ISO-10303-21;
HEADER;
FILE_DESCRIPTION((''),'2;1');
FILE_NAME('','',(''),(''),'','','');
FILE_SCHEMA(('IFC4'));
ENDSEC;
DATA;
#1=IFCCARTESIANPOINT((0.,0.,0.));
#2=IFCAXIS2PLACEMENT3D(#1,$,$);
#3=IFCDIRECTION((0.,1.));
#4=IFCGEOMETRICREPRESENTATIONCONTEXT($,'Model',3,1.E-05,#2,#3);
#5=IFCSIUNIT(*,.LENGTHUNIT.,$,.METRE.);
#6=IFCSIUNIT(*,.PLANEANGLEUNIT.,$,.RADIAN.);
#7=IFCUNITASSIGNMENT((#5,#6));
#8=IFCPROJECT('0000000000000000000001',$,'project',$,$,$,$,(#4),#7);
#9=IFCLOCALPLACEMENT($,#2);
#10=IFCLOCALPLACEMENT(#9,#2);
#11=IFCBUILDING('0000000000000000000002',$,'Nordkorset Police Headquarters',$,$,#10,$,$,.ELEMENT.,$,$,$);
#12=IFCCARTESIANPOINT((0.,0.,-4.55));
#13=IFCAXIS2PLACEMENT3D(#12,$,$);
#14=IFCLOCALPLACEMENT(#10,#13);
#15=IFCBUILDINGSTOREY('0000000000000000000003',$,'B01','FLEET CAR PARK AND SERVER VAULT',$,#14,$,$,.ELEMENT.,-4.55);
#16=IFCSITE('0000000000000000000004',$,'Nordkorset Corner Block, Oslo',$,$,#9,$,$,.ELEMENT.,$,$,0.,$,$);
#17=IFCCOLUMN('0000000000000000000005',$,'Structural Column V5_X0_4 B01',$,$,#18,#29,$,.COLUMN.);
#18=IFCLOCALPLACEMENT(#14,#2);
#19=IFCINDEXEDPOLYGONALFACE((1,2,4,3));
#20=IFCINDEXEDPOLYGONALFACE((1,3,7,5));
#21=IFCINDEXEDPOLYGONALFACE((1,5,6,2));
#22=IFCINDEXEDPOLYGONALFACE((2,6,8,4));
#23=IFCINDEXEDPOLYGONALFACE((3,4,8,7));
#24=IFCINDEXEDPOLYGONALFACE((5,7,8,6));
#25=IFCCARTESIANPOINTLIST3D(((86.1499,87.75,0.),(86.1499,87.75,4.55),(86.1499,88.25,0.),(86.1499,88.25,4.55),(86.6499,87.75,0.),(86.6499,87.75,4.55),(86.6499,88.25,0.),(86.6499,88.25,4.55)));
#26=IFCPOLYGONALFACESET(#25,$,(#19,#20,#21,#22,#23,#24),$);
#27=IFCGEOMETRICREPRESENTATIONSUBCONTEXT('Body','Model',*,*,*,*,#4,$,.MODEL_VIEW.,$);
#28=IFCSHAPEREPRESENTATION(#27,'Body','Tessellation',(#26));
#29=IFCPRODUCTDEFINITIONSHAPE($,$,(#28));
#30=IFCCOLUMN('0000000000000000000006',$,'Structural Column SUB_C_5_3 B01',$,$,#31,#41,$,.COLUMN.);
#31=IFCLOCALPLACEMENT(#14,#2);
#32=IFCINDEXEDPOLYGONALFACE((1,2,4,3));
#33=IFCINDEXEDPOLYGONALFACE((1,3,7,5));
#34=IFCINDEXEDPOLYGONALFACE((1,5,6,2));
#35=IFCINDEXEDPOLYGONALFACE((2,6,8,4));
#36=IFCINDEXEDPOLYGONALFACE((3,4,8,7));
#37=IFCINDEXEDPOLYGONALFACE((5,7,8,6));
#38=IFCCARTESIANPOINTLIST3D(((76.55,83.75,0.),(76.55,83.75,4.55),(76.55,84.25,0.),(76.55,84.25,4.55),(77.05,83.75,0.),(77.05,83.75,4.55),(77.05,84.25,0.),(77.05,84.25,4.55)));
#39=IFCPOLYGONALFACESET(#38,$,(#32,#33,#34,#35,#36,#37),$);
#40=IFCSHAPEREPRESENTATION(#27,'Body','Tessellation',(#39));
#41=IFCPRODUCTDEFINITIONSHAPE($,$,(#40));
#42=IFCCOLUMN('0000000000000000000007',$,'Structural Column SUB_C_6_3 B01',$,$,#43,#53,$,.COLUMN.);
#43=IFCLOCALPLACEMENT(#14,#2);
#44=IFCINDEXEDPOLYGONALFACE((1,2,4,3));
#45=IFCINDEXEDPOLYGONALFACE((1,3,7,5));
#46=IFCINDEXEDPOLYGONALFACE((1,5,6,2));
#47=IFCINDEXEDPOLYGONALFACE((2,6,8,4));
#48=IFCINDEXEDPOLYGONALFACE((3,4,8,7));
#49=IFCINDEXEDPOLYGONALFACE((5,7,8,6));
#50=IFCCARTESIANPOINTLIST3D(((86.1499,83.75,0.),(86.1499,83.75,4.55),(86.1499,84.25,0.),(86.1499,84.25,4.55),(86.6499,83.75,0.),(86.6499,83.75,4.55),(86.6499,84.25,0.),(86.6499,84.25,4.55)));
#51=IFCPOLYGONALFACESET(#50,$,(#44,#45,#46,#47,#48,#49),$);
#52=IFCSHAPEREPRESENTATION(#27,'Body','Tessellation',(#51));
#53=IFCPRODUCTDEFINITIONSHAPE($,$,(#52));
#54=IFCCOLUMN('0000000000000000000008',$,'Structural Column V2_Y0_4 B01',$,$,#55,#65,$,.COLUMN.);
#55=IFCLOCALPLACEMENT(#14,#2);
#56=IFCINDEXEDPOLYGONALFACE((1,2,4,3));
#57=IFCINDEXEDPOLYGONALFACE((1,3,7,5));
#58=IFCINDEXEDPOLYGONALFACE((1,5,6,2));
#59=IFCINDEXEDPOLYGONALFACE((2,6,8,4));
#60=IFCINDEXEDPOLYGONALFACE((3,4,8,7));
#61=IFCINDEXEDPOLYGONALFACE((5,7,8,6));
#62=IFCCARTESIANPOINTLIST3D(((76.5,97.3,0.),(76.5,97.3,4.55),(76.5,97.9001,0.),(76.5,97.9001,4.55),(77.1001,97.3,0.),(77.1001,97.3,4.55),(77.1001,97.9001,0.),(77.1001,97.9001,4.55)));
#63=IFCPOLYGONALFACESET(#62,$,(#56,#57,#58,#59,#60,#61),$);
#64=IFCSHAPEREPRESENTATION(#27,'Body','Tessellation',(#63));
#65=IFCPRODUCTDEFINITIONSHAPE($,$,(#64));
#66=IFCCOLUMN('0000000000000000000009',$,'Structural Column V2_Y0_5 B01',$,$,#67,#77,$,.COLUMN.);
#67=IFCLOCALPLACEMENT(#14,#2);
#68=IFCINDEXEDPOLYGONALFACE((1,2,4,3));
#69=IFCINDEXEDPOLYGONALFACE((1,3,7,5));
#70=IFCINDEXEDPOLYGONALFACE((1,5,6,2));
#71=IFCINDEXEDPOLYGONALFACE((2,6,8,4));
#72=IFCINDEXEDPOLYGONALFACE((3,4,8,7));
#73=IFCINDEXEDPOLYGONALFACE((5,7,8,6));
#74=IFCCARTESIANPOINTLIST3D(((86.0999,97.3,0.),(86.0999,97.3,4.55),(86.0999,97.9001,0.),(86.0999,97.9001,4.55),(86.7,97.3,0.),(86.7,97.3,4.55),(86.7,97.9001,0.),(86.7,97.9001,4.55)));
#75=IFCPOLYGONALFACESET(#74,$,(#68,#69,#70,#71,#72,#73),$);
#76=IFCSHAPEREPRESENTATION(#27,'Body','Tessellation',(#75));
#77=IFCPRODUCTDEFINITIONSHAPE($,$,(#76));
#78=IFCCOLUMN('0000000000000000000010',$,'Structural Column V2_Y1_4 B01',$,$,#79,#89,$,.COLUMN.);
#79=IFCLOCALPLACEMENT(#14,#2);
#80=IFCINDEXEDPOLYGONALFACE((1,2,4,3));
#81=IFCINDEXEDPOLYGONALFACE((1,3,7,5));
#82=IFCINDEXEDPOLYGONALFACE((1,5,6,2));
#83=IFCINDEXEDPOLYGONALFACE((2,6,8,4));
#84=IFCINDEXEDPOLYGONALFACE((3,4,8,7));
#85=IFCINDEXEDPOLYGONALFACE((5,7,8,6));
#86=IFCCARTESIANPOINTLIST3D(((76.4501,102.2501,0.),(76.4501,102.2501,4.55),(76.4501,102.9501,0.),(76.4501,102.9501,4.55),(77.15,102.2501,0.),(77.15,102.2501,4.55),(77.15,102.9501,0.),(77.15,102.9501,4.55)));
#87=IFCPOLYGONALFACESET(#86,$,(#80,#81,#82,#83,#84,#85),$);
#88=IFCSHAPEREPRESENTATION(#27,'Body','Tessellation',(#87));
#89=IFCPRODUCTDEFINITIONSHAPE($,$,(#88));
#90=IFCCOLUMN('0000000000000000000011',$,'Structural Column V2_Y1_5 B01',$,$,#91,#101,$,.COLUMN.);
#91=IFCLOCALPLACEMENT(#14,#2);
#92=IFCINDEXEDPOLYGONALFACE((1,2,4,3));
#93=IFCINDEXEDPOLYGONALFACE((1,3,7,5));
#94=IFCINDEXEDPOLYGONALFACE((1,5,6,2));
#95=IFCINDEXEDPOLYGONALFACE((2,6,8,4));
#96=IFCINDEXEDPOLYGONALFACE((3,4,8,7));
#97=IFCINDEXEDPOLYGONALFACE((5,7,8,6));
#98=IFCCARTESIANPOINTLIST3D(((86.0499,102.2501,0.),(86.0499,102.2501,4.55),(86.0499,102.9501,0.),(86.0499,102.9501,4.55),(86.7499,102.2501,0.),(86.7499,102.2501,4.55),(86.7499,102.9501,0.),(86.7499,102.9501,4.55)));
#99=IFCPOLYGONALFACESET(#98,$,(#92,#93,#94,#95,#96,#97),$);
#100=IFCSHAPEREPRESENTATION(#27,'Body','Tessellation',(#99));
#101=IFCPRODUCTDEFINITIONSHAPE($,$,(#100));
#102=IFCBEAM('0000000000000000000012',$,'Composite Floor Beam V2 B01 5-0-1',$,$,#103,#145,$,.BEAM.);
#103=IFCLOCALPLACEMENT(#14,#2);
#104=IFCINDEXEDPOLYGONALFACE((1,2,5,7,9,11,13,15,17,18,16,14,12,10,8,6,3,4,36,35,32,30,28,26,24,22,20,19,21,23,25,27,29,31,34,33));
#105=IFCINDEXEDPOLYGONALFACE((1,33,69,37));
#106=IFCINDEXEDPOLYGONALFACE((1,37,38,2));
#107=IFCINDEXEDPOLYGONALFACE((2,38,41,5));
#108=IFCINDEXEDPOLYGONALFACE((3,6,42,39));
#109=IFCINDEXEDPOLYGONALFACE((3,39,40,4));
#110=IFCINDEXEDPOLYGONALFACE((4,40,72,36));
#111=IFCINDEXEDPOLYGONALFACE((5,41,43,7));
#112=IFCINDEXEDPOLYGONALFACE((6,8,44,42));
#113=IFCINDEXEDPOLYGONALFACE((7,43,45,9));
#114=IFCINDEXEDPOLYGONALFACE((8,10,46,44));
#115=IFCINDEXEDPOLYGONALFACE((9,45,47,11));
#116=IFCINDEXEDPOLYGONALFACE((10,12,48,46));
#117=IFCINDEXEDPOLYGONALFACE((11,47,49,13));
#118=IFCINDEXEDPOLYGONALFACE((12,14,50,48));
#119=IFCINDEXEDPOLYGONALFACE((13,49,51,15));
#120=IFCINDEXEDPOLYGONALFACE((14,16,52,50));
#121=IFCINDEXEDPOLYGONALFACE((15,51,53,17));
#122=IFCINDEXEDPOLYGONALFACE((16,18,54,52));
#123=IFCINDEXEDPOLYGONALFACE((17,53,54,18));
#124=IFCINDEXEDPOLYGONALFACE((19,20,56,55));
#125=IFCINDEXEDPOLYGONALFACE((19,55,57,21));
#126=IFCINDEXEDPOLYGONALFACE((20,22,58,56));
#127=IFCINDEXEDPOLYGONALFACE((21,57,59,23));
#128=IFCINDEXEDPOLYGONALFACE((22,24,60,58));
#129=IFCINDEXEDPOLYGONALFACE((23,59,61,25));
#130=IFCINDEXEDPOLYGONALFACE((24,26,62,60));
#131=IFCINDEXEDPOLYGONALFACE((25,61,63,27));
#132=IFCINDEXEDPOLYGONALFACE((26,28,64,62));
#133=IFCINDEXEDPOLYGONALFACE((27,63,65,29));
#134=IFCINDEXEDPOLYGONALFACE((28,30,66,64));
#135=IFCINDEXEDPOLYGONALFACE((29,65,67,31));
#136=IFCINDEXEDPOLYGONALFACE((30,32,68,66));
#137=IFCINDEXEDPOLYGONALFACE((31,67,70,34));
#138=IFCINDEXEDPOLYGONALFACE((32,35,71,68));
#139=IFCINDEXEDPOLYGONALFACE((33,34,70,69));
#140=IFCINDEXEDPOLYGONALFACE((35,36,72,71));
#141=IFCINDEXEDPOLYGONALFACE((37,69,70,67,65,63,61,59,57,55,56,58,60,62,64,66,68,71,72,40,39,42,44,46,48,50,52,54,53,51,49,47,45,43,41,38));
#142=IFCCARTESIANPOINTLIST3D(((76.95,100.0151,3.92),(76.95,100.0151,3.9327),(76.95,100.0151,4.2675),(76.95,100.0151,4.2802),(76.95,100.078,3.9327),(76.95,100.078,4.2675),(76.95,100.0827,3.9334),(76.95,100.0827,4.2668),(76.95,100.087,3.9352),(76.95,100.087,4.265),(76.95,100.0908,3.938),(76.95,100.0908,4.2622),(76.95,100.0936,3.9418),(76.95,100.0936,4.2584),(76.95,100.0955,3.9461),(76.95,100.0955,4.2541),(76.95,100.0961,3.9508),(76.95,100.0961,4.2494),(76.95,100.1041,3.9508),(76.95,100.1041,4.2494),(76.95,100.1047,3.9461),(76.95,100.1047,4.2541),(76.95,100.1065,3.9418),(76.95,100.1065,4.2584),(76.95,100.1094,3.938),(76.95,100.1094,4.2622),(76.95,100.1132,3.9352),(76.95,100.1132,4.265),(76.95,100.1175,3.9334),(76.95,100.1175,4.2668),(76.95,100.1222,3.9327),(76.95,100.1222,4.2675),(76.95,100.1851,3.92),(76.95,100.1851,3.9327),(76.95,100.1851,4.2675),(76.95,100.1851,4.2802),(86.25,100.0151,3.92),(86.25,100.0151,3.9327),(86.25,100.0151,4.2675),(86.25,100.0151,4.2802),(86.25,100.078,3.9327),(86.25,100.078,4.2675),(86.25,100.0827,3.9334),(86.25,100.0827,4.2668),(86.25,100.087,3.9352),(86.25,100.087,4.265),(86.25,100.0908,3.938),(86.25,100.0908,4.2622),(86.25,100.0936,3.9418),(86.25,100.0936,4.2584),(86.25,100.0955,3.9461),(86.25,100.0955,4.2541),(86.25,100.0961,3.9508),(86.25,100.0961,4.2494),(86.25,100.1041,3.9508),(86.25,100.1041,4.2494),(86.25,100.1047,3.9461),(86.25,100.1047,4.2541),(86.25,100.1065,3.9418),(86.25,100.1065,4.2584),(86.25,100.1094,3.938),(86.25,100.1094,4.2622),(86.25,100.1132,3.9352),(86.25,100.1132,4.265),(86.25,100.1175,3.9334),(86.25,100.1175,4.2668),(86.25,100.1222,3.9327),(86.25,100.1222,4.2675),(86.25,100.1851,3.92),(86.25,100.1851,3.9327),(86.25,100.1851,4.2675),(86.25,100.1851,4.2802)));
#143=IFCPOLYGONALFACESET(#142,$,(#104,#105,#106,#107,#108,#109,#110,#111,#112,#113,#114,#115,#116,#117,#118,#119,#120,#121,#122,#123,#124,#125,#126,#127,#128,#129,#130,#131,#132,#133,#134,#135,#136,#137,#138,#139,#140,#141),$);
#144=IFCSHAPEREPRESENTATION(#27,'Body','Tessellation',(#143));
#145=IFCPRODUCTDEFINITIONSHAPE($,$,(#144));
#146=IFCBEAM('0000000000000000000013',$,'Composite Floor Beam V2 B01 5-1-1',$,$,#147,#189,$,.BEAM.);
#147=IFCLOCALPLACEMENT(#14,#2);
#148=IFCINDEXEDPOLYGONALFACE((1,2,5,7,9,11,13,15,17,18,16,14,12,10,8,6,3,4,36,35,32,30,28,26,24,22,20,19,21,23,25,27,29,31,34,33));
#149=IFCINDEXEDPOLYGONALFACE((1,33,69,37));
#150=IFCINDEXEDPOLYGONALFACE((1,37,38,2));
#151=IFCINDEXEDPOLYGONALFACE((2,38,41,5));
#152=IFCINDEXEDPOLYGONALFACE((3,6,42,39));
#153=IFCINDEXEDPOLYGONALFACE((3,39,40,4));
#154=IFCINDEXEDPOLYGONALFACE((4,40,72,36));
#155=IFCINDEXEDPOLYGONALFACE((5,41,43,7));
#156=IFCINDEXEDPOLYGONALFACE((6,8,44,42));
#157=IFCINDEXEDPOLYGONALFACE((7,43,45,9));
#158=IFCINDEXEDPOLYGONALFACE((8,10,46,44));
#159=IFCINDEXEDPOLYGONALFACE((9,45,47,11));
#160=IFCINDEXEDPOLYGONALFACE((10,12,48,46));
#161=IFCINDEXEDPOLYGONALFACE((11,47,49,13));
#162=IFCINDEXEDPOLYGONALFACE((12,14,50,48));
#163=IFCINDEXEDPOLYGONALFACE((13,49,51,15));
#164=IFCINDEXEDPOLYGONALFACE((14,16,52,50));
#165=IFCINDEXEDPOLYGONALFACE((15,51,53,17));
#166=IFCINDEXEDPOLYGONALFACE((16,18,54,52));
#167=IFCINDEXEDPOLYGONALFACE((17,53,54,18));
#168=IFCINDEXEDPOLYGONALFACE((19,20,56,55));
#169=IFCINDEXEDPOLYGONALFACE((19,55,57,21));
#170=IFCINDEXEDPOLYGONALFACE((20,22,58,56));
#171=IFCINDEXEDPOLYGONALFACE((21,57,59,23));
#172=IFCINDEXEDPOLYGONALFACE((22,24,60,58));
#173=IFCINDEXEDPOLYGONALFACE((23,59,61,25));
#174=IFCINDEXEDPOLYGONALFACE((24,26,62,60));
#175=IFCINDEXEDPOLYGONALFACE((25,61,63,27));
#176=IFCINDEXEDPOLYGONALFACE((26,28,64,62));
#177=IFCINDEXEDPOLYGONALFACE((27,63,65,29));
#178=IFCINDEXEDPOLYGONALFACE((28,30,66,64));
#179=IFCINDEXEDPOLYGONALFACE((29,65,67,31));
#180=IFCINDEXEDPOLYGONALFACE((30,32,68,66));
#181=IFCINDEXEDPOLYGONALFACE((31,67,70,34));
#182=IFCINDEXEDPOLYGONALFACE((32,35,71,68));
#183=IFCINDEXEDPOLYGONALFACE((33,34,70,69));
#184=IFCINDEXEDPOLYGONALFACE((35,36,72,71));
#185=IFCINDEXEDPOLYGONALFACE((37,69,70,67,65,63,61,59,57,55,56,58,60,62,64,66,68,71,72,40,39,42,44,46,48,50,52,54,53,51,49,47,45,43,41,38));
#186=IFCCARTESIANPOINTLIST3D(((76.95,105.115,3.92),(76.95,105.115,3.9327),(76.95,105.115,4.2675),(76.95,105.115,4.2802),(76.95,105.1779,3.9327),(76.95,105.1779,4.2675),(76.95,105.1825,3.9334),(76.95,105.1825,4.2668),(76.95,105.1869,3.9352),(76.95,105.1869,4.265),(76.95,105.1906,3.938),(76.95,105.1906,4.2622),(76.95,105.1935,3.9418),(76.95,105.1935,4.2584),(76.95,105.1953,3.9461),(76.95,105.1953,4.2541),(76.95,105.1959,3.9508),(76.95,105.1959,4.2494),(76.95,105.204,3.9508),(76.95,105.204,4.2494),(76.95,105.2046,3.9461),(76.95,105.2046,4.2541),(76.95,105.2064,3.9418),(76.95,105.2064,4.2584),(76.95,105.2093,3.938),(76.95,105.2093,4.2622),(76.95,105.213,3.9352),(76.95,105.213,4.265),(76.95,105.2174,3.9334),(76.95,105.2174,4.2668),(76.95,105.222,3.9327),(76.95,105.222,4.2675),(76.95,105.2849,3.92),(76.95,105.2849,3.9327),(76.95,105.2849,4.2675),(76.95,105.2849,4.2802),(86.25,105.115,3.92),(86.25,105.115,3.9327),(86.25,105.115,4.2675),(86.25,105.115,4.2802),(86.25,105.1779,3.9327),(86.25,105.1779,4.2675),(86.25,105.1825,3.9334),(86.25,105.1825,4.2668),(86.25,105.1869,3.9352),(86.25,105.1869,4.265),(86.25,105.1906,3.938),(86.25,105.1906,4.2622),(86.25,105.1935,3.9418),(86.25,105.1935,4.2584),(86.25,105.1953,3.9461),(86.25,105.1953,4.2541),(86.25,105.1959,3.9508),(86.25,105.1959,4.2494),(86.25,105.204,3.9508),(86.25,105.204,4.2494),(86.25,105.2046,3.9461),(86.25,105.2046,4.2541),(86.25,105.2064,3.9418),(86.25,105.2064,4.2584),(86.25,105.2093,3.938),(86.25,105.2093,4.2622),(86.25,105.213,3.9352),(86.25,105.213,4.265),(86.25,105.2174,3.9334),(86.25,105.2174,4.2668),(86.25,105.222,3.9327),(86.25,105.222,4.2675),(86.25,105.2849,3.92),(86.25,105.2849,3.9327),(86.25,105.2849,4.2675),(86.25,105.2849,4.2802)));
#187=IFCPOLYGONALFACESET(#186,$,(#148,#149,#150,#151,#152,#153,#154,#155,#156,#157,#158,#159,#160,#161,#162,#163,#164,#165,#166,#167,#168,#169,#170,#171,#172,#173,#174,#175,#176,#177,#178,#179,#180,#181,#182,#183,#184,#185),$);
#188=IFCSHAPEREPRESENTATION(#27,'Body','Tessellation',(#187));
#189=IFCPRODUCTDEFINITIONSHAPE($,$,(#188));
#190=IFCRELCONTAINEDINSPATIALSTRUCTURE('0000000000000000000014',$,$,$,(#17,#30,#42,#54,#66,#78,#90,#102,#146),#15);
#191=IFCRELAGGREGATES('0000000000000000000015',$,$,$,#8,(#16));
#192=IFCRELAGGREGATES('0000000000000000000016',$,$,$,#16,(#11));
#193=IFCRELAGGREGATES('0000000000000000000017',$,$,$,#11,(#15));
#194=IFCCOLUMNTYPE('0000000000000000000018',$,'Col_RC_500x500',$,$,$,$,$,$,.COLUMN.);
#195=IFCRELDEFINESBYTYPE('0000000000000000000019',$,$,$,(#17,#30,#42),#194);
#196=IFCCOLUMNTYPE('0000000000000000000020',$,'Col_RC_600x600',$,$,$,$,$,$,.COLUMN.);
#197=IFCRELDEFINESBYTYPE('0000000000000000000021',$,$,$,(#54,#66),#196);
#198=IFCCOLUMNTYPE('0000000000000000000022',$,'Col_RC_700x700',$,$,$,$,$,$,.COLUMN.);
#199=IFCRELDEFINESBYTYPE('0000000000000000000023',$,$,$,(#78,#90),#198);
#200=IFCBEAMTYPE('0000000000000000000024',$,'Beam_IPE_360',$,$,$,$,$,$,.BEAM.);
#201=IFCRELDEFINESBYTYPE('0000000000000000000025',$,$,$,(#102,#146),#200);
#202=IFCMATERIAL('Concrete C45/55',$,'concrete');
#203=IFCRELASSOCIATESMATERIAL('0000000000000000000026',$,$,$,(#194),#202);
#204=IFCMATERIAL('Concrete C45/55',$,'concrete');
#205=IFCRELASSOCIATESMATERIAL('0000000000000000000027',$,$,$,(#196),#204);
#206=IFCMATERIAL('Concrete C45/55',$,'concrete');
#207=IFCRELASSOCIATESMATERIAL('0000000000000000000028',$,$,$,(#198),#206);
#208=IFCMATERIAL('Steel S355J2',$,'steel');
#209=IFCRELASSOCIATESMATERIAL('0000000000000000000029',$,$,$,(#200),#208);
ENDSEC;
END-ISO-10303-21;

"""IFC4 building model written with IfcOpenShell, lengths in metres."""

from ifc_helpers import new_model, si_unit, direction, frame, origin, origin_2d, place, context, subcontext, project, spatial, rectangle, i_section, extrude, material, material_profile, profile_set, type_object, element, save


model = new_model("IFC4")

# Units and contexts
model_context = context("Model", 3, precision=1e-05, world=origin(), true_north=direction((0.0, 1.0)))
body_context = subcontext(model_context, "Body", "Model", "MODEL_VIEW")
ifc_project = project(units=[si_unit("LENGTHUNIT", "METRE"), si_unit("PLANEANGLEUNIT", "RADIAN")], contexts=[model_context])

# Site, building, storey
site_placement = place(None, origin())
site = spatial("IfcSite", under=ifc_project, at=site_placement, Name="Nordkorset Corner Block, Oslo", CompositionType="ELEMENT", RefElevation=0.0)
building_placement = place(site_placement, origin())
building = spatial("IfcBuilding", under=site, at=building_placement, Name="Nordkorset Police Headquarters", CompositionType="ELEMENT")
storey_placement = place(building_placement, frame((0.0, 0.0, -4.55)))
storey = spatial("IfcBuildingStorey", under=building, at=storey_placement, Name="B01", Description="FLEET CAR PARK AND SERVER VAULT", CompositionType="ELEMENT", Elevation=-4.55)

# Columns
ifc_material_1 = material(Name="Concrete C45/55", Category="concrete")
ifc_material_profile_1 = material_profile(ifc_material_1, rectangle(XDim=0.5, YDim=0.5, at=origin_2d()), Name="RC 500x500")
ifc_profile_set_1 = profile_set([ifc_material_profile_1], Name="Concrete C45/55")
column_type_1 = type_object("IfcColumnType", Name="Col_RC_500x500", PredefinedType="COLUMN", material=ifc_profile_set_1)
for number, where, z_axis, x_axis, name in (
    (1, (86.3999, 88.0, 0.0), (0.0, 0.0, 1.0), (1.0, 0.0, 0.0), "Structural Column V5_X0_4 B01"),
    (2, (76.8, 84.0, 0.0), (0.0, 0.0, 1.0), (1.0, 0.0, 0.0), "Structural Column SUB_C_5_3 B01"),
    (3, (86.3999, 84.0, 0.0), (0.0, 0.0, 1.0), (1.0, 0.0, 0.0), "Structural Column SUB_C_6_3 B01"),
):
    element("IfcColumn", number, at=place(storey_placement, frame(where, z_axis=z_axis, x_axis=x_axis)), inside=storey, type_object=column_type_1, Name=name, PredefinedType="COLUMN", context=body_context, shape_type="SweptSolid", body=[
        extrude(rectangle(XDim=0.5, YDim=0.5, at=origin_2d()), origin(), (0.0, 0.0, 1.0), 4.55),
    ])
ifc_material_2 = material(Name="Concrete C45/55", Category="concrete")
ifc_material_profile_2 = material_profile(ifc_material_2, rectangle(XDim=0.6001, YDim=0.6001, at=origin_2d()), Name="RC 600x600")
ifc_profile_set_2 = profile_set([ifc_material_profile_2], Name="Concrete C45/55")
column_type_2 = type_object("IfcColumnType", Name="Col_RC_600x600", PredefinedType="COLUMN", material=ifc_profile_set_2)
for number, where, z_axis, x_axis, name in (
    (4, (76.8, 97.6001, 0.0), (0.0, 0.0, 1.0), (1.0, 0.0, 0.0), "Structural Column V2_Y0_4 B01"),
    (5, (86.3999, 97.6001, 0.0), (0.0, 0.0, 1.0), (1.0, 0.0, 0.0), "Structural Column V2_Y0_5 B01"),
):
    element("IfcColumn", number, at=place(storey_placement, frame(where, z_axis=z_axis, x_axis=x_axis)), inside=storey, type_object=column_type_2, Name=name, PredefinedType="COLUMN", context=body_context, shape_type="SweptSolid", body=[
        extrude(rectangle(XDim=0.6001, YDim=0.6001, at=origin_2d()), origin(), (0.0, 0.0, 1.0), 4.55),
    ])
ifc_material_3 = material(Name="Concrete C45/55", Category="concrete")
ifc_material_profile_3 = material_profile(ifc_material_3, rectangle(XDim=0.7, YDim=0.7, at=origin_2d()), Name="RC 700x700")
ifc_profile_set_3 = profile_set([ifc_material_profile_3], Name="Concrete C45/55")
column_type_3 = type_object("IfcColumnType", Name="Col_RC_700x700", PredefinedType="COLUMN", material=ifc_profile_set_3)
for number, where, z_axis, x_axis, name in (
    (6, (76.8, 102.6001, 0.0), (0.0, 0.0, 1.0), (1.0, 0.0, 0.0), "Structural Column V2_Y1_4 B01"),
    (7, (86.3999, 102.6001, 0.0), (0.0, 0.0, 1.0), (1.0, 0.0, 0.0), "Structural Column V2_Y1_5 B01"),
):
    element("IfcColumn", number, at=place(storey_placement, frame(where, z_axis=z_axis, x_axis=x_axis)), inside=storey, type_object=column_type_3, Name=name, PredefinedType="COLUMN", context=body_context, shape_type="SweptSolid", body=[
        extrude(rectangle(XDim=0.7, YDim=0.7, at=origin_2d()), origin(), (0.0, 0.0, 1.0), 4.55),
    ])

# Beams
ifc_material_4 = material(Name="Steel S355J2", Category="steel")
ifc_material_profile_4 = material_profile(ifc_material_4, i_section(OverallWidth=0.1699, OverallDepth=0.3601, WebThickness=0.0081, FlangeThickness=0.0127, FilletRadius=0.0181, at=origin_2d()), Name="IPE 360")
ifc_profile_set_4 = profile_set([ifc_material_profile_4], Name="Steel S355J2")
beam_type_1 = type_object("IfcBeamType", Name="Beam_IPE_360", PredefinedType="BEAM", material=ifc_profile_set_4)
for number, where, z_axis, x_axis, name in (
    (8, (76.95, 100.1001, 4.1001), (1.0, 0.0, 0.0), (0.0, 1.0, 0.0), "Composite Floor Beam V2 B01 5-0-1"),
    (9, (76.95, 105.2, 4.1001), (1.0, 0.0, 0.0), (0.0, 1.0, 0.0), "Composite Floor Beam V2 B01 5-1-1"),
):
    element("IfcBeam", number, at=place(storey_placement, frame(where, z_axis=z_axis, x_axis=x_axis)), inside=storey, type_object=beam_type_1, Name=name, PredefinedType="BEAM", context=body_context, shape_type="SweptSolid", body=[
        extrude(i_section(OverallWidth=0.1699, OverallDepth=0.3601, WebThickness=0.0081, FlangeThickness=0.0127, FilletRadius=0.0181, at=origin_2d()), origin(), (0.0, 0.0, 1.0), 9.3),
    ])

save(model, "model.ifc")
